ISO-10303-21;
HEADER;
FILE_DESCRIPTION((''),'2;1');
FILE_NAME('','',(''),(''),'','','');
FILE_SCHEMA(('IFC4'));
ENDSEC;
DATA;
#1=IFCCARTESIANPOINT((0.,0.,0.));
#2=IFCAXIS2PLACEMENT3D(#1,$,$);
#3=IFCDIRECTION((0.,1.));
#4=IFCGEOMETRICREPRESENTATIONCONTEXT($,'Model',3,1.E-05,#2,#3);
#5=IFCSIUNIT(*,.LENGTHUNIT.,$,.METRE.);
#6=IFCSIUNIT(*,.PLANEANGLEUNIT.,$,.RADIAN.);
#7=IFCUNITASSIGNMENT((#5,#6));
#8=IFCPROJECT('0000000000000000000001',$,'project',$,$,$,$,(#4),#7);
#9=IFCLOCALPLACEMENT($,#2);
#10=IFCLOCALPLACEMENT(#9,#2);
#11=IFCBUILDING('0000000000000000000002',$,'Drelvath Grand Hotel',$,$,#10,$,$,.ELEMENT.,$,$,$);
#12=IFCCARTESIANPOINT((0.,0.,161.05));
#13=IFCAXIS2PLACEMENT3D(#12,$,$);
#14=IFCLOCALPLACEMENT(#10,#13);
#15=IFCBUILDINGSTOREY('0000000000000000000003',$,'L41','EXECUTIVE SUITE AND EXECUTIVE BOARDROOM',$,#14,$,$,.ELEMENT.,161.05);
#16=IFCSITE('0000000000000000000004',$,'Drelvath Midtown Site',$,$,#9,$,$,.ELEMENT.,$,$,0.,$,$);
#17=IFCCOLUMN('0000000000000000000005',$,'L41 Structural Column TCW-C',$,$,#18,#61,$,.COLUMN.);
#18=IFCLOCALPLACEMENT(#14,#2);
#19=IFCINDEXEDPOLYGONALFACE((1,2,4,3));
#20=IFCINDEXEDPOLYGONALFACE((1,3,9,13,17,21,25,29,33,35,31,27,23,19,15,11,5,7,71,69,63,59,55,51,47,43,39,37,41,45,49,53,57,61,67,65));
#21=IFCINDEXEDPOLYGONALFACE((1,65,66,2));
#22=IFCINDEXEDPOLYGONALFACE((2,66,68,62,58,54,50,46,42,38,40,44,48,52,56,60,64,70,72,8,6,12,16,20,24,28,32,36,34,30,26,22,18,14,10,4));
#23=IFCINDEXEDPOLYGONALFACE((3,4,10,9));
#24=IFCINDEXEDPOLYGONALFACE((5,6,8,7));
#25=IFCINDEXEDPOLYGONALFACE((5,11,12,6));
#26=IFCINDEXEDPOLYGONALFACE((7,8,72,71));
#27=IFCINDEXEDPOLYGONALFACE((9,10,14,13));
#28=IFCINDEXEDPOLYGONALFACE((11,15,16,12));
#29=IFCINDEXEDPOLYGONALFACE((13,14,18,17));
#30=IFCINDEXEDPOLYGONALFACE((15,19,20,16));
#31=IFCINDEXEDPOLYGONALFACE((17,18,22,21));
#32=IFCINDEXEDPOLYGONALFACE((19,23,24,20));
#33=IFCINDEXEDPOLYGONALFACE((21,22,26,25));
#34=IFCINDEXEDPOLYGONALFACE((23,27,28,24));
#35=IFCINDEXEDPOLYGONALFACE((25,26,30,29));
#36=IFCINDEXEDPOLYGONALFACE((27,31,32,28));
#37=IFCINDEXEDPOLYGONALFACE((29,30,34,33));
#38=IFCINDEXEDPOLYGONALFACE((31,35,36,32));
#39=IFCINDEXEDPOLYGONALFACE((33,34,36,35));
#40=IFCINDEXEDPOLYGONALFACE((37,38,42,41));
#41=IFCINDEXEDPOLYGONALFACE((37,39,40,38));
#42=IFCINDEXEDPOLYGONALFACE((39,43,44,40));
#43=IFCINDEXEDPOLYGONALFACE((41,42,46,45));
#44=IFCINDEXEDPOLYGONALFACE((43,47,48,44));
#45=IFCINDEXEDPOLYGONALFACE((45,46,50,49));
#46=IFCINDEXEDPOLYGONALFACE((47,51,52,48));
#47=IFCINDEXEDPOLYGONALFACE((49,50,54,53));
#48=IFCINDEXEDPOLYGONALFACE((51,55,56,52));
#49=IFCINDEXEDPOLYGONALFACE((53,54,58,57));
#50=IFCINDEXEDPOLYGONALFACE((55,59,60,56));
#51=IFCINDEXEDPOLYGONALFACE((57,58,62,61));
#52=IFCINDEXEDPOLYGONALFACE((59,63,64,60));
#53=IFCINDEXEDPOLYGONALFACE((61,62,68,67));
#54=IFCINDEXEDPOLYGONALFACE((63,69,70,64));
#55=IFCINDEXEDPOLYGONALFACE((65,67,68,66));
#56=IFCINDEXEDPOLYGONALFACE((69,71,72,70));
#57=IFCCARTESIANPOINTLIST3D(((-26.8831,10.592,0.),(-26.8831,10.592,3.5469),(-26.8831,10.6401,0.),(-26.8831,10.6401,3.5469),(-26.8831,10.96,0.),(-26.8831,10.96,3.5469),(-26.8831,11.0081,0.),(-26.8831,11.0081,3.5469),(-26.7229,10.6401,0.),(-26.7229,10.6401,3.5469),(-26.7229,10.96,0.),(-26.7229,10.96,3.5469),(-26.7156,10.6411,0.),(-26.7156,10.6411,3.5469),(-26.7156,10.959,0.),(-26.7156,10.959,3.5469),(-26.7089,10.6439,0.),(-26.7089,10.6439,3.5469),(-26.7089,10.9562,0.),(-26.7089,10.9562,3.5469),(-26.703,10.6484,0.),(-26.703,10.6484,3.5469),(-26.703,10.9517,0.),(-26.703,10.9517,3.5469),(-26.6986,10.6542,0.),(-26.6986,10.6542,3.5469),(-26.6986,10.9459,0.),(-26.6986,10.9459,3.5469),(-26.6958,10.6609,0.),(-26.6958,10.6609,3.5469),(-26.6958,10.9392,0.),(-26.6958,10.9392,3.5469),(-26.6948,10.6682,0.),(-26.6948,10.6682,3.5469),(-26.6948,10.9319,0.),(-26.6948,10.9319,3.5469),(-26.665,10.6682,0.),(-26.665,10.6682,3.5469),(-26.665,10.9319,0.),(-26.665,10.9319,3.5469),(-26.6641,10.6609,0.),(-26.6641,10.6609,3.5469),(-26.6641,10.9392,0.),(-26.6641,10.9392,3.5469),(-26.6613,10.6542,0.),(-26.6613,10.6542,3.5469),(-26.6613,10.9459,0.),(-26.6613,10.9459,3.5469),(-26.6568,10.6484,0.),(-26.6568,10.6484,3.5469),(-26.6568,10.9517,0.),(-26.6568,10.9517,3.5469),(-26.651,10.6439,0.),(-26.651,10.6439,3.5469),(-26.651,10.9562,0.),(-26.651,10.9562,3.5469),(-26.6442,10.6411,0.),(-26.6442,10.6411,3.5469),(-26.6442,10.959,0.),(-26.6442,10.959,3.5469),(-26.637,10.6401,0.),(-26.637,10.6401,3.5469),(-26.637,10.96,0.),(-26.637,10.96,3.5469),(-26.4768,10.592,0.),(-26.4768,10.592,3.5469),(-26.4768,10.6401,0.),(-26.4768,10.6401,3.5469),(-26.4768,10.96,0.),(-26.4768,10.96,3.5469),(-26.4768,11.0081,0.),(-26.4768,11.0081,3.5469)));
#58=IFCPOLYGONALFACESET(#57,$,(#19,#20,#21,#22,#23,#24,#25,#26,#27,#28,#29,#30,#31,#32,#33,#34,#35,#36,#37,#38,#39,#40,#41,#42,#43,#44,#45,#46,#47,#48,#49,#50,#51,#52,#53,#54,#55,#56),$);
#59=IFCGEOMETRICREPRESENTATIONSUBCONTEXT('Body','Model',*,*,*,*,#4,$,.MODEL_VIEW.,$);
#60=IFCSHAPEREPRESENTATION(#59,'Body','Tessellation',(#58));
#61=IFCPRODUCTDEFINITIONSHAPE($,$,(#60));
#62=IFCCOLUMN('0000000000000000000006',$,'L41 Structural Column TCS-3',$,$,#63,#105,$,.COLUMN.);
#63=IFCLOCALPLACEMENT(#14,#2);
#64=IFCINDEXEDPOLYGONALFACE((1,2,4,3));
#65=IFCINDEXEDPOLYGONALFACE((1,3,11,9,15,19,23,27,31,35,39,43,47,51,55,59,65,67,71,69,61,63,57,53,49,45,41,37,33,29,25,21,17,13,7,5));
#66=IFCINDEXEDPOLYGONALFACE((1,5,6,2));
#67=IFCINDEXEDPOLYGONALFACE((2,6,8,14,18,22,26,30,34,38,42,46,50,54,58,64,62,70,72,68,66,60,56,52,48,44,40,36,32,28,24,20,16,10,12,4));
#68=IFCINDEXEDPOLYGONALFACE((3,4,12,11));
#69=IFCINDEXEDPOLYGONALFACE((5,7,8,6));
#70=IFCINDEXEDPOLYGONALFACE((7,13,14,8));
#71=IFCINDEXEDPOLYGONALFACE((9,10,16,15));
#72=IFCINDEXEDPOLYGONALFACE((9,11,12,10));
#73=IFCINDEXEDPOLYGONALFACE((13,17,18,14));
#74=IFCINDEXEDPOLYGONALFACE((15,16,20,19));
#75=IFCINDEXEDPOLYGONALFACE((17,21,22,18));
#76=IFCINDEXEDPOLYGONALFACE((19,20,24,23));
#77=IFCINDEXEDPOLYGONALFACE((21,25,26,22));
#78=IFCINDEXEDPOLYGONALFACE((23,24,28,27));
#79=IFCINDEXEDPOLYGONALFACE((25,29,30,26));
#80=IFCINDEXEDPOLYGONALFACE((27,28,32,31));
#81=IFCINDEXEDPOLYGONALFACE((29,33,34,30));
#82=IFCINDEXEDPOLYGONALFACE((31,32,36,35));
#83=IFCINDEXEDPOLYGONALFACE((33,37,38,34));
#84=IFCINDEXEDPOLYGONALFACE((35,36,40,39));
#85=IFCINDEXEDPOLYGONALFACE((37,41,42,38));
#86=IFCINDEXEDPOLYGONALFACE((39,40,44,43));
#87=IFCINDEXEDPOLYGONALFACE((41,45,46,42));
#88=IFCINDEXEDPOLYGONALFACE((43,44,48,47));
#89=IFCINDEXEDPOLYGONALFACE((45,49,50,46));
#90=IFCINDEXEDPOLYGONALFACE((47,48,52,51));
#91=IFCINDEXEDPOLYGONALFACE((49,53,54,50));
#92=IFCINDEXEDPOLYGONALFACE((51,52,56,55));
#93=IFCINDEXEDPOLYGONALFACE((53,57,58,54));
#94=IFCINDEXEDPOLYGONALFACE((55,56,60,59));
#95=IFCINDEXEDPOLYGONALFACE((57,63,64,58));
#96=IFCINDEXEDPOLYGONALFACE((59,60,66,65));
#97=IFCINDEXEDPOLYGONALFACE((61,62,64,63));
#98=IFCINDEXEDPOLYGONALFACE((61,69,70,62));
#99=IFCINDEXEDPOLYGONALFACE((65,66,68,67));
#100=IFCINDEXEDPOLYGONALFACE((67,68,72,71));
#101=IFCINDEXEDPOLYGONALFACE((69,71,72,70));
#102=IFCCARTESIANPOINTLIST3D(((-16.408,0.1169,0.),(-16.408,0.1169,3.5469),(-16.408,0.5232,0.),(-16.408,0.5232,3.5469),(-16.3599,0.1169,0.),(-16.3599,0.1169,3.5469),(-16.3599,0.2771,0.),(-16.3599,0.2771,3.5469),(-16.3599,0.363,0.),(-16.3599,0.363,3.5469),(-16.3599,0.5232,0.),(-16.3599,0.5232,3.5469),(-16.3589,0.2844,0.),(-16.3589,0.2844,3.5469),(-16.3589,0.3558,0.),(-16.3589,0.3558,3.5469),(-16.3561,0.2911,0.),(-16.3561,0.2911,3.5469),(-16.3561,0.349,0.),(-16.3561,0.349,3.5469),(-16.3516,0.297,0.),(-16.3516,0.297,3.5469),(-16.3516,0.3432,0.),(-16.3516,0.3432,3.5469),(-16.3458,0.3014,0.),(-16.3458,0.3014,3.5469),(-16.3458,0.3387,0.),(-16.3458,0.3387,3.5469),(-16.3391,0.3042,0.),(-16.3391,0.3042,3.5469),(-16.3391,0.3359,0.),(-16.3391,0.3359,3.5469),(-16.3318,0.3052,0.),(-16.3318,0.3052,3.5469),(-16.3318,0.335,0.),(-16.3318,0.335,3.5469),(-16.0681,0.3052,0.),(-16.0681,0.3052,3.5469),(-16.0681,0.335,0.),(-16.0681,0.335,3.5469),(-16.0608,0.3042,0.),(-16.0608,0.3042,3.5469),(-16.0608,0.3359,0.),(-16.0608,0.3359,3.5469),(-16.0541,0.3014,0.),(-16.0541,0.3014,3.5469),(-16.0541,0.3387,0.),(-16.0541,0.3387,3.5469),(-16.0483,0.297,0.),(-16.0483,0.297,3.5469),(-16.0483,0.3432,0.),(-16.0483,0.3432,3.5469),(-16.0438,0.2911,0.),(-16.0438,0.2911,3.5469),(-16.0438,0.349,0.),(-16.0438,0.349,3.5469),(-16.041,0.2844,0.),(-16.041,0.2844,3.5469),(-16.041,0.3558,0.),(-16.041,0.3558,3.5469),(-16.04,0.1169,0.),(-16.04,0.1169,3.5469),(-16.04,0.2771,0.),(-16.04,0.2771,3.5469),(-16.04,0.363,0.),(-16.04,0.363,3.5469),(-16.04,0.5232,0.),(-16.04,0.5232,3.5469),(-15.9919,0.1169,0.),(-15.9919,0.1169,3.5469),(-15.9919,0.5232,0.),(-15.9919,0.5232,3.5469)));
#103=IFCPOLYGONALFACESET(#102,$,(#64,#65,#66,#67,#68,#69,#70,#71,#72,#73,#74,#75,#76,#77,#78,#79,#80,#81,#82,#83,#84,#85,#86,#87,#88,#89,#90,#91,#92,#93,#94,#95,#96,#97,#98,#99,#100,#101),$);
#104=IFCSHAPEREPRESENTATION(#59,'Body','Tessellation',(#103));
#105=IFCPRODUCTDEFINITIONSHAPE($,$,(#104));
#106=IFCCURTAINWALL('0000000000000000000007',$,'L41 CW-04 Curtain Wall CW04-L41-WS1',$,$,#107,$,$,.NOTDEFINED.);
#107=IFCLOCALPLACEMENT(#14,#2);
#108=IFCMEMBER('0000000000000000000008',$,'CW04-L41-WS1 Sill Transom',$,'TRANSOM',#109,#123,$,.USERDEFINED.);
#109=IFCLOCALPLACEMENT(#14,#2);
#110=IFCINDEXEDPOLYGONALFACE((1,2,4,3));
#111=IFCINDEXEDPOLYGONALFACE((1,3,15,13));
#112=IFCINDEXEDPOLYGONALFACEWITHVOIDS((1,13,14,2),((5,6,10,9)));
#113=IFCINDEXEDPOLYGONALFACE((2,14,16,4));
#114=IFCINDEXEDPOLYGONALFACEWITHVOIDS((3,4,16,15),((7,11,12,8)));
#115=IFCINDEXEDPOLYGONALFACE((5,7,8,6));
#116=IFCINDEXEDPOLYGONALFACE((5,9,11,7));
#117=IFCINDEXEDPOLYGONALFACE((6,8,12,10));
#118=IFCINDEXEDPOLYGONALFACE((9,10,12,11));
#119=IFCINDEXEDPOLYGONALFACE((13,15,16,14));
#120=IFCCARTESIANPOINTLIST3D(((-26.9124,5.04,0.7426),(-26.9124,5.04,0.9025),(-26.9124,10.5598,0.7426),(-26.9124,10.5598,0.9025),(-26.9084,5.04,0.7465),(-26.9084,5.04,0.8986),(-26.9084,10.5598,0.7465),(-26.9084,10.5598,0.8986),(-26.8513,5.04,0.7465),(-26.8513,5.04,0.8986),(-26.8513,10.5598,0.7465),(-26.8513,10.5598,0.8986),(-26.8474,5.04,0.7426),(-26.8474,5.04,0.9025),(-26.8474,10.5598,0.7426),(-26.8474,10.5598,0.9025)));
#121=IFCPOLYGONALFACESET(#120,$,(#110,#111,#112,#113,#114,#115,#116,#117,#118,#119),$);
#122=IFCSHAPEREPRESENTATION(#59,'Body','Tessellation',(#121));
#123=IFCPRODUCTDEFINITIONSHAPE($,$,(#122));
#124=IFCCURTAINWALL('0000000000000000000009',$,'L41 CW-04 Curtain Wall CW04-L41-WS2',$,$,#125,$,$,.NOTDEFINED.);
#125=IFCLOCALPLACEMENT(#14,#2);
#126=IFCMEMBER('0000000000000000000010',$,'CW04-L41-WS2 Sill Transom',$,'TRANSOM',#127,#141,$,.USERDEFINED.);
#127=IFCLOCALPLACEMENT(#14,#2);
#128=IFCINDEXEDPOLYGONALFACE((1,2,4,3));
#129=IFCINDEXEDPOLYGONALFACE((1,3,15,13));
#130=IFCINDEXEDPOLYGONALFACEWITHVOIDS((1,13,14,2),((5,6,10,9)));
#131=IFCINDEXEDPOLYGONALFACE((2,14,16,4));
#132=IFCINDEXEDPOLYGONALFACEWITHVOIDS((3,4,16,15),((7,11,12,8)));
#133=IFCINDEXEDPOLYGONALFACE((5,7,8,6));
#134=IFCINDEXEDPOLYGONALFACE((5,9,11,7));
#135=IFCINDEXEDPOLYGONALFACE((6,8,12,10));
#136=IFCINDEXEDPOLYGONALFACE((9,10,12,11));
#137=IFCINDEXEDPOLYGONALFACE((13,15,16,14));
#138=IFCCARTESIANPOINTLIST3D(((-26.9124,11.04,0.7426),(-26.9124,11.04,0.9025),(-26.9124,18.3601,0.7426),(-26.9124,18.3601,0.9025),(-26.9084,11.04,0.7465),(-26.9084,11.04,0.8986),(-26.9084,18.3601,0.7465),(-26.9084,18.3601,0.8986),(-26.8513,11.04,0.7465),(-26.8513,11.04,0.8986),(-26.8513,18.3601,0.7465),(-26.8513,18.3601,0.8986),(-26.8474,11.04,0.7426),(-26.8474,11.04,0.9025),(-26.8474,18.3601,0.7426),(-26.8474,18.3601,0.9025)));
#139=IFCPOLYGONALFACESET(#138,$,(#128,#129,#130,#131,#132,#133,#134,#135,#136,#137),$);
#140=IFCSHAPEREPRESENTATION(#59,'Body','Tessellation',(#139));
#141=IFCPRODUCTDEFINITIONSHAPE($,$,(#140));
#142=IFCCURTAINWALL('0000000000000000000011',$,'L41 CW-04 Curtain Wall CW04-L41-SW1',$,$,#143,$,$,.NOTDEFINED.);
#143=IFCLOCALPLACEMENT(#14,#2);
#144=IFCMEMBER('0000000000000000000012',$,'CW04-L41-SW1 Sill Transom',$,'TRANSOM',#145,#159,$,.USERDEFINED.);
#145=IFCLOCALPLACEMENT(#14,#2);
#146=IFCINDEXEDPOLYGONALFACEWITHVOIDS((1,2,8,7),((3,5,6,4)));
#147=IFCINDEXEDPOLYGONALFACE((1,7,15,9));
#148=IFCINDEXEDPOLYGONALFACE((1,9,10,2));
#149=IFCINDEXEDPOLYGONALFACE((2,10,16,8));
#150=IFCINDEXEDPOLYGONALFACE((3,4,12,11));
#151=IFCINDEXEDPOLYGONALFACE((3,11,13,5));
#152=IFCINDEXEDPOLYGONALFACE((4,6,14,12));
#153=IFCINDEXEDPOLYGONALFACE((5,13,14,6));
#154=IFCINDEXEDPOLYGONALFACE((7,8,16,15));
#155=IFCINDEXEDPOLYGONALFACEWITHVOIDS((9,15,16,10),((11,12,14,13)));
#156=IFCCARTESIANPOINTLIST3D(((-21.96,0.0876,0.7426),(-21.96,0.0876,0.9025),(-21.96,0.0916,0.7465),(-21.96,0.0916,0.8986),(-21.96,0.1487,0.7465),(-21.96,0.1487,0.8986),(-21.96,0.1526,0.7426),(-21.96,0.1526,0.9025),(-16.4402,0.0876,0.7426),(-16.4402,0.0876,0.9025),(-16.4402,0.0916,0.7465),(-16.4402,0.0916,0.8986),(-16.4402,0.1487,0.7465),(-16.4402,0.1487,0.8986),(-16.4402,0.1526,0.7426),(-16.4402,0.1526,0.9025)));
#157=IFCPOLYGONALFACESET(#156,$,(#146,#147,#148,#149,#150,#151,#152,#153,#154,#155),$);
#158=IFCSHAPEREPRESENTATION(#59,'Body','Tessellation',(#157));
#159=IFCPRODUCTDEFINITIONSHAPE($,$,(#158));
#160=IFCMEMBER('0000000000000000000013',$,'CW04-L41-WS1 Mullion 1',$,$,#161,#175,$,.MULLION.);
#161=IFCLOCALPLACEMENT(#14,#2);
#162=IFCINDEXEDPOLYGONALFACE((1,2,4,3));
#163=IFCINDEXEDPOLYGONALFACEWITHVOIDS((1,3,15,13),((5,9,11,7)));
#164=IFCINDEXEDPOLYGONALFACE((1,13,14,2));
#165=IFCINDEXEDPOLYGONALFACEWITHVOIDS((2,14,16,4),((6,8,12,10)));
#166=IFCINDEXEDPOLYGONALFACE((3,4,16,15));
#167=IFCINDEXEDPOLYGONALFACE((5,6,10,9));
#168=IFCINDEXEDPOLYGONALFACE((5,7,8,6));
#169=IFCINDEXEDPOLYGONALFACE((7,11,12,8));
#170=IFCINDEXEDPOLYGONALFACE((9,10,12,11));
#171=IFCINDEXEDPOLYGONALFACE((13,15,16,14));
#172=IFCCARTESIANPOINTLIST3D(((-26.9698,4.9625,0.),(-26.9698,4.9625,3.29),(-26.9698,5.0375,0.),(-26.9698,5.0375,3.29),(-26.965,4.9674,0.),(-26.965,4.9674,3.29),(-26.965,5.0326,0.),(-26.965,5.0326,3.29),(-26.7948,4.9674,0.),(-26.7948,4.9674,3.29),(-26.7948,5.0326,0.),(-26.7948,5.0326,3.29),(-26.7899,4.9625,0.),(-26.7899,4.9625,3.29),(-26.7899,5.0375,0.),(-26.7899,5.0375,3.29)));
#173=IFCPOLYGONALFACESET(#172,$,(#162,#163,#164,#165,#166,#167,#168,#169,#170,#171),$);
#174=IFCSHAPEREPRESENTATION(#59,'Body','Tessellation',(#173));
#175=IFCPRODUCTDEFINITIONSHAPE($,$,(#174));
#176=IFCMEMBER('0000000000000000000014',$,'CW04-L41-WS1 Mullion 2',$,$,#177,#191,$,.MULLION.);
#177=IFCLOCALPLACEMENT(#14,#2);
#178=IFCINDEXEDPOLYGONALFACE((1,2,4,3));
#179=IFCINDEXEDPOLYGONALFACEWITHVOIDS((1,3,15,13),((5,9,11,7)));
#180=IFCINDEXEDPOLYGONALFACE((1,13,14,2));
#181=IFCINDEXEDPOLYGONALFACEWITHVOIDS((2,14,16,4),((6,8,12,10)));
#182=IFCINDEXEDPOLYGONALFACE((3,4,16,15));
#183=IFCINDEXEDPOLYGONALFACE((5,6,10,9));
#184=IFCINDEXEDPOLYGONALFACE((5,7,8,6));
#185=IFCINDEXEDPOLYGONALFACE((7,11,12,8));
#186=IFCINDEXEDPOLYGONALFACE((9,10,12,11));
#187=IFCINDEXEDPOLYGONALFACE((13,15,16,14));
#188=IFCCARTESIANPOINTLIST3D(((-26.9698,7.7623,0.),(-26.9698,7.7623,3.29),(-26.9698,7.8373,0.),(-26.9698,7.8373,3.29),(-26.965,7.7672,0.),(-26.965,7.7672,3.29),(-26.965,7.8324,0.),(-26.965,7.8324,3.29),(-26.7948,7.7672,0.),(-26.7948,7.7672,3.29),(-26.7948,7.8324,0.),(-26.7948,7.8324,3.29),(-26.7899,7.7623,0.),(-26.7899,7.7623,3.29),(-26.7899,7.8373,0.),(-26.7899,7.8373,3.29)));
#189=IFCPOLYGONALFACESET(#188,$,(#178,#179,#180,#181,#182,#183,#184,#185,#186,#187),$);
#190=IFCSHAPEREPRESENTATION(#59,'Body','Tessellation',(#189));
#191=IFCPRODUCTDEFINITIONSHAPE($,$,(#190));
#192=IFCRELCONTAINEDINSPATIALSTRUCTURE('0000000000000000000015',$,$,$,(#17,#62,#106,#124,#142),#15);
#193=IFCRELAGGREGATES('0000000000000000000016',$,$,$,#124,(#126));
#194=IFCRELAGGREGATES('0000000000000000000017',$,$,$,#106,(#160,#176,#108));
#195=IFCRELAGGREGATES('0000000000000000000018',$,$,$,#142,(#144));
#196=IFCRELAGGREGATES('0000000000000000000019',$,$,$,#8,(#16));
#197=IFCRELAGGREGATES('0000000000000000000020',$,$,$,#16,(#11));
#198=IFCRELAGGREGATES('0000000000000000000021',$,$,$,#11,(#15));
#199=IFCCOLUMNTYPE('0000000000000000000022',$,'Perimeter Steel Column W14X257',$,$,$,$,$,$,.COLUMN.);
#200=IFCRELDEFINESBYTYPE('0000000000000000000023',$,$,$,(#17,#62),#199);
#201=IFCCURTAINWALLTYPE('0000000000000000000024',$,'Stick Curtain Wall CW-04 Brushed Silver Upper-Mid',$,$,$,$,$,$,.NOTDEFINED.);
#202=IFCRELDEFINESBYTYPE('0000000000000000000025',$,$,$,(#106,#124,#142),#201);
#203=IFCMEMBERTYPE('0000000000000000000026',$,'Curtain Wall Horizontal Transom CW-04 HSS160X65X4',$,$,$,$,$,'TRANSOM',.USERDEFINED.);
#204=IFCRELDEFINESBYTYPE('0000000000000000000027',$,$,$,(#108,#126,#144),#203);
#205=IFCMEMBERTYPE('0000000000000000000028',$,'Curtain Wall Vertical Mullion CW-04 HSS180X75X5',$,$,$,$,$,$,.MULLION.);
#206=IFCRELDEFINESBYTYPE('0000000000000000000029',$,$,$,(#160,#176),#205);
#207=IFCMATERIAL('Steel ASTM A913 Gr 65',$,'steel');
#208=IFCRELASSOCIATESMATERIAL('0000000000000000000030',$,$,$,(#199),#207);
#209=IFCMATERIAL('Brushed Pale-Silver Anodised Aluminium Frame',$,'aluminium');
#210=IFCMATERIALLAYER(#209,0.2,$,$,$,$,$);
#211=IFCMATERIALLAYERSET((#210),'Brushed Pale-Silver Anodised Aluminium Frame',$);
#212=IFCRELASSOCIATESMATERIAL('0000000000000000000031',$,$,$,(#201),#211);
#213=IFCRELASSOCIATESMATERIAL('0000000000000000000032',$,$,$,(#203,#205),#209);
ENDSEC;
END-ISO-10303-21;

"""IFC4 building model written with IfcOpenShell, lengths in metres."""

from ifc_helpers import new_model, si_unit, direction, frame, origin, origin_2d, place, context, subcontext, project, spatial, hollow_rectangle, i_section, extrude, material, layer, layer_set, material_profile, profile_set, type_object, element, aggregate, save


model = new_model("IFC4")

# Units and contexts
model_context = context("Model", 3, precision=1e-05, world=origin(), true_north=direction((0.0, 1.0)))
body_context = subcontext(model_context, "Body", "Model", "MODEL_VIEW")
ifc_project = project(units=[si_unit("LENGTHUNIT", "METRE"), si_unit("PLANEANGLEUNIT", "RADIAN")], contexts=[model_context])

# Site, building, storey
site_placement = place(None, origin())
site = spatial("IfcSite", under=ifc_project, at=site_placement, Name="Drelvath Midtown Site", CompositionType="ELEMENT", RefElevation=0.0)
building_placement = place(site_placement, origin())
building = spatial("IfcBuilding", under=site, at=building_placement, Name="Drelvath Grand Hotel", CompositionType="ELEMENT")
storey_placement = place(building_placement, frame((0.0, 0.0, 161.05)))
storey = spatial("IfcBuildingStorey", under=building, at=storey_placement, Name="L41", Description="EXECUTIVE SUITE AND EXECUTIVE BOARDROOM", CompositionType="ELEMENT", Elevation=161.05)

# Columns
ifc_material_1 = material(Name="Steel ASTM A913 Gr 65", Category="steel")
ifc_material_profile_1 = material_profile(ifc_material_1, i_section(OverallWidth=0.4062, OverallDepth=0.416, WebThickness=0.0298, FlangeThickness=0.0481, FilletRadius=0.0281, at=origin_2d()), Name="W14X257")
ifc_profile_set_1 = profile_set([ifc_material_profile_1], Name="Steel ASTM A913 Gr 65")
column_type = type_object("IfcColumnType", Name="Perimeter Steel Column W14X257", PredefinedType="COLUMN", material=ifc_profile_set_1)
for number, where, z_axis, x_axis, name in (
    (1, (-26.6799, 10.8, 0.0), (0.0, 0.0, 1.0), (1.0, 0.0, 0.0), "L41 Structural Column TCW-C"),
    (2, (-16.2, 0.3201, 0.0), (0.0, 0.0, 1.0), (0.0, 1.0, 0.0), "L41 Structural Column TCS-3"),
):
    element("IfcColumn", number, at=place(storey_placement, frame(where, z_axis=z_axis, x_axis=x_axis)), inside=storey, type_object=column_type, Name=name, PredefinedType="COLUMN", context=body_context, shape_type="SweptSolid", body=[
        extrude(i_section(OverallWidth=0.4062, OverallDepth=0.416, WebThickness=0.0298, FlangeThickness=0.0481, FilletRadius=0.0281, at=origin_2d()), origin(), (0.0, 0.0, 1.0), 3.5469),
    ])

# Curtain walls, members
ifc_material_2 = material(Name="Brushed Pale-Silver Anodised Aluminium Frame", Category="aluminium")
ifc_layer_1 = layer(ifc_material_2, 0.2)
ifc_layer_set_1 = layer_set([ifc_layer_1], Name="Brushed Pale-Silver Anodised Aluminium Frame")
curtain_wall_type = type_object("IfcCurtainWallType", Name="Stick Curtain Wall CW-04 Brushed Silver Upper-Mid", PredefinedType="NOTDEFINED", material=ifc_layer_set_1)
curtain_wall_1_placement = place(storey_placement, origin())
curtain_wall_1 = element("IfcCurtainWall", 3, at=curtain_wall_1_placement, inside=storey, type_object=curtain_wall_type, Name="L41 CW-04 Curtain Wall CW04-L41-WS1", PredefinedType="NOTDEFINED")
ifc_material_profile_2 = material_profile(ifc_material_2, hollow_rectangle(XDim=0.0649, YDim=0.1599, WallThickness=0.0039, at=origin_2d()), Name="HSS160X65X4")
ifc_profile_set_2 = profile_set([ifc_material_profile_2], Name="Brushed Pale-Silver Anodised Aluminium Frame")
member_type_1 = type_object("IfcMemberType", Name="Curtain Wall Horizontal Transom CW-04 HSS160X65X4", ElementType="TRANSOM", PredefinedType="USERDEFINED", material=ifc_profile_set_2)
member_1_placement = place(storey_placement, frame((-26.8799, 5.04, 0.8225), z_axis=(0.0, 1.0, 0.0), x_axis=(-1.0, 0.0, 0.0)))
member_1 = element("IfcMember", 4, at=member_1_placement, type_object=member_type_1, Name="CW04-L41-WS1 Sill Transom", ObjectType="TRANSOM", PredefinedType="USERDEFINED", context=body_context, shape_type="SweptSolid", body=[
    extrude(hollow_rectangle(XDim=0.0649, YDim=0.1599, WallThickness=0.0039, at=origin_2d()), origin(), (0.0, 0.0, 1.0), 5.5198),
])
curtain_wall_2_placement = place(storey_placement, origin())
curtain_wall_2 = element("IfcCurtainWall", 5, at=curtain_wall_2_placement, inside=storey, type_object=curtain_wall_type, Name="L41 CW-04 Curtain Wall CW04-L41-WS2", PredefinedType="NOTDEFINED")
member_2_placement = place(storey_placement, frame((-26.8799, 11.04, 0.8225), z_axis=(0.0, 1.0, 0.0), x_axis=(-1.0, 0.0, 0.0)))
member_2 = element("IfcMember", 6, at=member_2_placement, type_object=member_type_1, Name="CW04-L41-WS2 Sill Transom", ObjectType="TRANSOM", PredefinedType="USERDEFINED", context=body_context, shape_type="SweptSolid", body=[
    extrude(hollow_rectangle(XDim=0.0649, YDim=0.1599, WallThickness=0.0039, at=origin_2d()), origin(), (0.0, 0.0, 1.0), 7.3201),
])
curtain_wall_3_placement = place(storey_placement, origin())
curtain_wall_3 = element("IfcCurtainWall", 7, at=curtain_wall_3_placement, inside=storey, type_object=curtain_wall_type, Name="L41 CW-04 Curtain Wall CW04-L41-SW1", PredefinedType="NOTDEFINED")
member_3_placement = place(storey_placement, frame((-16.4402, 0.1201, 0.8225), z_axis=(-1.0, 0.0, 0.0), x_axis=(0.0, -1.0, 0.0)))
member_3 = element("IfcMember", 8, at=member_3_placement, type_object=member_type_1, Name="CW04-L41-SW1 Sill Transom", ObjectType="TRANSOM", PredefinedType="USERDEFINED", context=body_context, shape_type="SweptSolid", body=[
    extrude(hollow_rectangle(XDim=0.0649, YDim=0.1599, WallThickness=0.0039, at=origin_2d()), origin(), (0.0, 0.0, 1.0), 5.5198),
])

# Members
ifc_material_profile_3 = material_profile(ifc_material_2, hollow_rectangle(XDim=0.075, YDim=0.1799, WallThickness=0.0049, at=origin_2d()), Name="HSS180X75X5")
ifc_profile_set_3 = profile_set([ifc_material_profile_3], Name="Brushed Pale-Silver Anodised Aluminium Frame")
member_type_2 = type_object("IfcMemberType", Name="Curtain Wall Vertical Mullion CW-04 HSS180X75X5", PredefinedType="MULLION", material=ifc_profile_set_3)
member_4_placement = place(storey_placement, frame((-26.8799, 5.0, 0.0), z_axis=(0.0, 0.0, 1.0), x_axis=(0.0, 1.0, 0.0)))
member_4 = element("IfcMember", 9, at=member_4_placement, type_object=member_type_2, Name="CW04-L41-WS1 Mullion 1", PredefinedType="MULLION", context=body_context, shape_type="SweptSolid", body=[
    extrude(hollow_rectangle(XDim=0.075, YDim=0.1799, WallThickness=0.0049, at=origin_2d()), origin(), (0.0, 0.0, 1.0), 3.29),
])
member_5_placement = place(storey_placement, frame((-26.8799, 7.7998, 0.0), z_axis=(0.0, 0.0, 1.0), x_axis=(0.0, 1.0, 0.0)))
member_5 = element("IfcMember", 10, at=member_5_placement, type_object=member_type_2, Name="CW04-L41-WS1 Mullion 2", PredefinedType="MULLION", context=body_context, shape_type="SweptSolid", body=[
    extrude(hollow_rectangle(XDim=0.075, YDim=0.1799, WallThickness=0.0049, at=origin_2d()), origin(), (0.0, 0.0, 1.0), 3.29),
])
aggregate(curtain_wall_2, [member_2])

aggregate(curtain_wall_1, [member_4, member_5, member_1])
aggregate(curtain_wall_3, [member_3])

save(model, "model.ifc")
